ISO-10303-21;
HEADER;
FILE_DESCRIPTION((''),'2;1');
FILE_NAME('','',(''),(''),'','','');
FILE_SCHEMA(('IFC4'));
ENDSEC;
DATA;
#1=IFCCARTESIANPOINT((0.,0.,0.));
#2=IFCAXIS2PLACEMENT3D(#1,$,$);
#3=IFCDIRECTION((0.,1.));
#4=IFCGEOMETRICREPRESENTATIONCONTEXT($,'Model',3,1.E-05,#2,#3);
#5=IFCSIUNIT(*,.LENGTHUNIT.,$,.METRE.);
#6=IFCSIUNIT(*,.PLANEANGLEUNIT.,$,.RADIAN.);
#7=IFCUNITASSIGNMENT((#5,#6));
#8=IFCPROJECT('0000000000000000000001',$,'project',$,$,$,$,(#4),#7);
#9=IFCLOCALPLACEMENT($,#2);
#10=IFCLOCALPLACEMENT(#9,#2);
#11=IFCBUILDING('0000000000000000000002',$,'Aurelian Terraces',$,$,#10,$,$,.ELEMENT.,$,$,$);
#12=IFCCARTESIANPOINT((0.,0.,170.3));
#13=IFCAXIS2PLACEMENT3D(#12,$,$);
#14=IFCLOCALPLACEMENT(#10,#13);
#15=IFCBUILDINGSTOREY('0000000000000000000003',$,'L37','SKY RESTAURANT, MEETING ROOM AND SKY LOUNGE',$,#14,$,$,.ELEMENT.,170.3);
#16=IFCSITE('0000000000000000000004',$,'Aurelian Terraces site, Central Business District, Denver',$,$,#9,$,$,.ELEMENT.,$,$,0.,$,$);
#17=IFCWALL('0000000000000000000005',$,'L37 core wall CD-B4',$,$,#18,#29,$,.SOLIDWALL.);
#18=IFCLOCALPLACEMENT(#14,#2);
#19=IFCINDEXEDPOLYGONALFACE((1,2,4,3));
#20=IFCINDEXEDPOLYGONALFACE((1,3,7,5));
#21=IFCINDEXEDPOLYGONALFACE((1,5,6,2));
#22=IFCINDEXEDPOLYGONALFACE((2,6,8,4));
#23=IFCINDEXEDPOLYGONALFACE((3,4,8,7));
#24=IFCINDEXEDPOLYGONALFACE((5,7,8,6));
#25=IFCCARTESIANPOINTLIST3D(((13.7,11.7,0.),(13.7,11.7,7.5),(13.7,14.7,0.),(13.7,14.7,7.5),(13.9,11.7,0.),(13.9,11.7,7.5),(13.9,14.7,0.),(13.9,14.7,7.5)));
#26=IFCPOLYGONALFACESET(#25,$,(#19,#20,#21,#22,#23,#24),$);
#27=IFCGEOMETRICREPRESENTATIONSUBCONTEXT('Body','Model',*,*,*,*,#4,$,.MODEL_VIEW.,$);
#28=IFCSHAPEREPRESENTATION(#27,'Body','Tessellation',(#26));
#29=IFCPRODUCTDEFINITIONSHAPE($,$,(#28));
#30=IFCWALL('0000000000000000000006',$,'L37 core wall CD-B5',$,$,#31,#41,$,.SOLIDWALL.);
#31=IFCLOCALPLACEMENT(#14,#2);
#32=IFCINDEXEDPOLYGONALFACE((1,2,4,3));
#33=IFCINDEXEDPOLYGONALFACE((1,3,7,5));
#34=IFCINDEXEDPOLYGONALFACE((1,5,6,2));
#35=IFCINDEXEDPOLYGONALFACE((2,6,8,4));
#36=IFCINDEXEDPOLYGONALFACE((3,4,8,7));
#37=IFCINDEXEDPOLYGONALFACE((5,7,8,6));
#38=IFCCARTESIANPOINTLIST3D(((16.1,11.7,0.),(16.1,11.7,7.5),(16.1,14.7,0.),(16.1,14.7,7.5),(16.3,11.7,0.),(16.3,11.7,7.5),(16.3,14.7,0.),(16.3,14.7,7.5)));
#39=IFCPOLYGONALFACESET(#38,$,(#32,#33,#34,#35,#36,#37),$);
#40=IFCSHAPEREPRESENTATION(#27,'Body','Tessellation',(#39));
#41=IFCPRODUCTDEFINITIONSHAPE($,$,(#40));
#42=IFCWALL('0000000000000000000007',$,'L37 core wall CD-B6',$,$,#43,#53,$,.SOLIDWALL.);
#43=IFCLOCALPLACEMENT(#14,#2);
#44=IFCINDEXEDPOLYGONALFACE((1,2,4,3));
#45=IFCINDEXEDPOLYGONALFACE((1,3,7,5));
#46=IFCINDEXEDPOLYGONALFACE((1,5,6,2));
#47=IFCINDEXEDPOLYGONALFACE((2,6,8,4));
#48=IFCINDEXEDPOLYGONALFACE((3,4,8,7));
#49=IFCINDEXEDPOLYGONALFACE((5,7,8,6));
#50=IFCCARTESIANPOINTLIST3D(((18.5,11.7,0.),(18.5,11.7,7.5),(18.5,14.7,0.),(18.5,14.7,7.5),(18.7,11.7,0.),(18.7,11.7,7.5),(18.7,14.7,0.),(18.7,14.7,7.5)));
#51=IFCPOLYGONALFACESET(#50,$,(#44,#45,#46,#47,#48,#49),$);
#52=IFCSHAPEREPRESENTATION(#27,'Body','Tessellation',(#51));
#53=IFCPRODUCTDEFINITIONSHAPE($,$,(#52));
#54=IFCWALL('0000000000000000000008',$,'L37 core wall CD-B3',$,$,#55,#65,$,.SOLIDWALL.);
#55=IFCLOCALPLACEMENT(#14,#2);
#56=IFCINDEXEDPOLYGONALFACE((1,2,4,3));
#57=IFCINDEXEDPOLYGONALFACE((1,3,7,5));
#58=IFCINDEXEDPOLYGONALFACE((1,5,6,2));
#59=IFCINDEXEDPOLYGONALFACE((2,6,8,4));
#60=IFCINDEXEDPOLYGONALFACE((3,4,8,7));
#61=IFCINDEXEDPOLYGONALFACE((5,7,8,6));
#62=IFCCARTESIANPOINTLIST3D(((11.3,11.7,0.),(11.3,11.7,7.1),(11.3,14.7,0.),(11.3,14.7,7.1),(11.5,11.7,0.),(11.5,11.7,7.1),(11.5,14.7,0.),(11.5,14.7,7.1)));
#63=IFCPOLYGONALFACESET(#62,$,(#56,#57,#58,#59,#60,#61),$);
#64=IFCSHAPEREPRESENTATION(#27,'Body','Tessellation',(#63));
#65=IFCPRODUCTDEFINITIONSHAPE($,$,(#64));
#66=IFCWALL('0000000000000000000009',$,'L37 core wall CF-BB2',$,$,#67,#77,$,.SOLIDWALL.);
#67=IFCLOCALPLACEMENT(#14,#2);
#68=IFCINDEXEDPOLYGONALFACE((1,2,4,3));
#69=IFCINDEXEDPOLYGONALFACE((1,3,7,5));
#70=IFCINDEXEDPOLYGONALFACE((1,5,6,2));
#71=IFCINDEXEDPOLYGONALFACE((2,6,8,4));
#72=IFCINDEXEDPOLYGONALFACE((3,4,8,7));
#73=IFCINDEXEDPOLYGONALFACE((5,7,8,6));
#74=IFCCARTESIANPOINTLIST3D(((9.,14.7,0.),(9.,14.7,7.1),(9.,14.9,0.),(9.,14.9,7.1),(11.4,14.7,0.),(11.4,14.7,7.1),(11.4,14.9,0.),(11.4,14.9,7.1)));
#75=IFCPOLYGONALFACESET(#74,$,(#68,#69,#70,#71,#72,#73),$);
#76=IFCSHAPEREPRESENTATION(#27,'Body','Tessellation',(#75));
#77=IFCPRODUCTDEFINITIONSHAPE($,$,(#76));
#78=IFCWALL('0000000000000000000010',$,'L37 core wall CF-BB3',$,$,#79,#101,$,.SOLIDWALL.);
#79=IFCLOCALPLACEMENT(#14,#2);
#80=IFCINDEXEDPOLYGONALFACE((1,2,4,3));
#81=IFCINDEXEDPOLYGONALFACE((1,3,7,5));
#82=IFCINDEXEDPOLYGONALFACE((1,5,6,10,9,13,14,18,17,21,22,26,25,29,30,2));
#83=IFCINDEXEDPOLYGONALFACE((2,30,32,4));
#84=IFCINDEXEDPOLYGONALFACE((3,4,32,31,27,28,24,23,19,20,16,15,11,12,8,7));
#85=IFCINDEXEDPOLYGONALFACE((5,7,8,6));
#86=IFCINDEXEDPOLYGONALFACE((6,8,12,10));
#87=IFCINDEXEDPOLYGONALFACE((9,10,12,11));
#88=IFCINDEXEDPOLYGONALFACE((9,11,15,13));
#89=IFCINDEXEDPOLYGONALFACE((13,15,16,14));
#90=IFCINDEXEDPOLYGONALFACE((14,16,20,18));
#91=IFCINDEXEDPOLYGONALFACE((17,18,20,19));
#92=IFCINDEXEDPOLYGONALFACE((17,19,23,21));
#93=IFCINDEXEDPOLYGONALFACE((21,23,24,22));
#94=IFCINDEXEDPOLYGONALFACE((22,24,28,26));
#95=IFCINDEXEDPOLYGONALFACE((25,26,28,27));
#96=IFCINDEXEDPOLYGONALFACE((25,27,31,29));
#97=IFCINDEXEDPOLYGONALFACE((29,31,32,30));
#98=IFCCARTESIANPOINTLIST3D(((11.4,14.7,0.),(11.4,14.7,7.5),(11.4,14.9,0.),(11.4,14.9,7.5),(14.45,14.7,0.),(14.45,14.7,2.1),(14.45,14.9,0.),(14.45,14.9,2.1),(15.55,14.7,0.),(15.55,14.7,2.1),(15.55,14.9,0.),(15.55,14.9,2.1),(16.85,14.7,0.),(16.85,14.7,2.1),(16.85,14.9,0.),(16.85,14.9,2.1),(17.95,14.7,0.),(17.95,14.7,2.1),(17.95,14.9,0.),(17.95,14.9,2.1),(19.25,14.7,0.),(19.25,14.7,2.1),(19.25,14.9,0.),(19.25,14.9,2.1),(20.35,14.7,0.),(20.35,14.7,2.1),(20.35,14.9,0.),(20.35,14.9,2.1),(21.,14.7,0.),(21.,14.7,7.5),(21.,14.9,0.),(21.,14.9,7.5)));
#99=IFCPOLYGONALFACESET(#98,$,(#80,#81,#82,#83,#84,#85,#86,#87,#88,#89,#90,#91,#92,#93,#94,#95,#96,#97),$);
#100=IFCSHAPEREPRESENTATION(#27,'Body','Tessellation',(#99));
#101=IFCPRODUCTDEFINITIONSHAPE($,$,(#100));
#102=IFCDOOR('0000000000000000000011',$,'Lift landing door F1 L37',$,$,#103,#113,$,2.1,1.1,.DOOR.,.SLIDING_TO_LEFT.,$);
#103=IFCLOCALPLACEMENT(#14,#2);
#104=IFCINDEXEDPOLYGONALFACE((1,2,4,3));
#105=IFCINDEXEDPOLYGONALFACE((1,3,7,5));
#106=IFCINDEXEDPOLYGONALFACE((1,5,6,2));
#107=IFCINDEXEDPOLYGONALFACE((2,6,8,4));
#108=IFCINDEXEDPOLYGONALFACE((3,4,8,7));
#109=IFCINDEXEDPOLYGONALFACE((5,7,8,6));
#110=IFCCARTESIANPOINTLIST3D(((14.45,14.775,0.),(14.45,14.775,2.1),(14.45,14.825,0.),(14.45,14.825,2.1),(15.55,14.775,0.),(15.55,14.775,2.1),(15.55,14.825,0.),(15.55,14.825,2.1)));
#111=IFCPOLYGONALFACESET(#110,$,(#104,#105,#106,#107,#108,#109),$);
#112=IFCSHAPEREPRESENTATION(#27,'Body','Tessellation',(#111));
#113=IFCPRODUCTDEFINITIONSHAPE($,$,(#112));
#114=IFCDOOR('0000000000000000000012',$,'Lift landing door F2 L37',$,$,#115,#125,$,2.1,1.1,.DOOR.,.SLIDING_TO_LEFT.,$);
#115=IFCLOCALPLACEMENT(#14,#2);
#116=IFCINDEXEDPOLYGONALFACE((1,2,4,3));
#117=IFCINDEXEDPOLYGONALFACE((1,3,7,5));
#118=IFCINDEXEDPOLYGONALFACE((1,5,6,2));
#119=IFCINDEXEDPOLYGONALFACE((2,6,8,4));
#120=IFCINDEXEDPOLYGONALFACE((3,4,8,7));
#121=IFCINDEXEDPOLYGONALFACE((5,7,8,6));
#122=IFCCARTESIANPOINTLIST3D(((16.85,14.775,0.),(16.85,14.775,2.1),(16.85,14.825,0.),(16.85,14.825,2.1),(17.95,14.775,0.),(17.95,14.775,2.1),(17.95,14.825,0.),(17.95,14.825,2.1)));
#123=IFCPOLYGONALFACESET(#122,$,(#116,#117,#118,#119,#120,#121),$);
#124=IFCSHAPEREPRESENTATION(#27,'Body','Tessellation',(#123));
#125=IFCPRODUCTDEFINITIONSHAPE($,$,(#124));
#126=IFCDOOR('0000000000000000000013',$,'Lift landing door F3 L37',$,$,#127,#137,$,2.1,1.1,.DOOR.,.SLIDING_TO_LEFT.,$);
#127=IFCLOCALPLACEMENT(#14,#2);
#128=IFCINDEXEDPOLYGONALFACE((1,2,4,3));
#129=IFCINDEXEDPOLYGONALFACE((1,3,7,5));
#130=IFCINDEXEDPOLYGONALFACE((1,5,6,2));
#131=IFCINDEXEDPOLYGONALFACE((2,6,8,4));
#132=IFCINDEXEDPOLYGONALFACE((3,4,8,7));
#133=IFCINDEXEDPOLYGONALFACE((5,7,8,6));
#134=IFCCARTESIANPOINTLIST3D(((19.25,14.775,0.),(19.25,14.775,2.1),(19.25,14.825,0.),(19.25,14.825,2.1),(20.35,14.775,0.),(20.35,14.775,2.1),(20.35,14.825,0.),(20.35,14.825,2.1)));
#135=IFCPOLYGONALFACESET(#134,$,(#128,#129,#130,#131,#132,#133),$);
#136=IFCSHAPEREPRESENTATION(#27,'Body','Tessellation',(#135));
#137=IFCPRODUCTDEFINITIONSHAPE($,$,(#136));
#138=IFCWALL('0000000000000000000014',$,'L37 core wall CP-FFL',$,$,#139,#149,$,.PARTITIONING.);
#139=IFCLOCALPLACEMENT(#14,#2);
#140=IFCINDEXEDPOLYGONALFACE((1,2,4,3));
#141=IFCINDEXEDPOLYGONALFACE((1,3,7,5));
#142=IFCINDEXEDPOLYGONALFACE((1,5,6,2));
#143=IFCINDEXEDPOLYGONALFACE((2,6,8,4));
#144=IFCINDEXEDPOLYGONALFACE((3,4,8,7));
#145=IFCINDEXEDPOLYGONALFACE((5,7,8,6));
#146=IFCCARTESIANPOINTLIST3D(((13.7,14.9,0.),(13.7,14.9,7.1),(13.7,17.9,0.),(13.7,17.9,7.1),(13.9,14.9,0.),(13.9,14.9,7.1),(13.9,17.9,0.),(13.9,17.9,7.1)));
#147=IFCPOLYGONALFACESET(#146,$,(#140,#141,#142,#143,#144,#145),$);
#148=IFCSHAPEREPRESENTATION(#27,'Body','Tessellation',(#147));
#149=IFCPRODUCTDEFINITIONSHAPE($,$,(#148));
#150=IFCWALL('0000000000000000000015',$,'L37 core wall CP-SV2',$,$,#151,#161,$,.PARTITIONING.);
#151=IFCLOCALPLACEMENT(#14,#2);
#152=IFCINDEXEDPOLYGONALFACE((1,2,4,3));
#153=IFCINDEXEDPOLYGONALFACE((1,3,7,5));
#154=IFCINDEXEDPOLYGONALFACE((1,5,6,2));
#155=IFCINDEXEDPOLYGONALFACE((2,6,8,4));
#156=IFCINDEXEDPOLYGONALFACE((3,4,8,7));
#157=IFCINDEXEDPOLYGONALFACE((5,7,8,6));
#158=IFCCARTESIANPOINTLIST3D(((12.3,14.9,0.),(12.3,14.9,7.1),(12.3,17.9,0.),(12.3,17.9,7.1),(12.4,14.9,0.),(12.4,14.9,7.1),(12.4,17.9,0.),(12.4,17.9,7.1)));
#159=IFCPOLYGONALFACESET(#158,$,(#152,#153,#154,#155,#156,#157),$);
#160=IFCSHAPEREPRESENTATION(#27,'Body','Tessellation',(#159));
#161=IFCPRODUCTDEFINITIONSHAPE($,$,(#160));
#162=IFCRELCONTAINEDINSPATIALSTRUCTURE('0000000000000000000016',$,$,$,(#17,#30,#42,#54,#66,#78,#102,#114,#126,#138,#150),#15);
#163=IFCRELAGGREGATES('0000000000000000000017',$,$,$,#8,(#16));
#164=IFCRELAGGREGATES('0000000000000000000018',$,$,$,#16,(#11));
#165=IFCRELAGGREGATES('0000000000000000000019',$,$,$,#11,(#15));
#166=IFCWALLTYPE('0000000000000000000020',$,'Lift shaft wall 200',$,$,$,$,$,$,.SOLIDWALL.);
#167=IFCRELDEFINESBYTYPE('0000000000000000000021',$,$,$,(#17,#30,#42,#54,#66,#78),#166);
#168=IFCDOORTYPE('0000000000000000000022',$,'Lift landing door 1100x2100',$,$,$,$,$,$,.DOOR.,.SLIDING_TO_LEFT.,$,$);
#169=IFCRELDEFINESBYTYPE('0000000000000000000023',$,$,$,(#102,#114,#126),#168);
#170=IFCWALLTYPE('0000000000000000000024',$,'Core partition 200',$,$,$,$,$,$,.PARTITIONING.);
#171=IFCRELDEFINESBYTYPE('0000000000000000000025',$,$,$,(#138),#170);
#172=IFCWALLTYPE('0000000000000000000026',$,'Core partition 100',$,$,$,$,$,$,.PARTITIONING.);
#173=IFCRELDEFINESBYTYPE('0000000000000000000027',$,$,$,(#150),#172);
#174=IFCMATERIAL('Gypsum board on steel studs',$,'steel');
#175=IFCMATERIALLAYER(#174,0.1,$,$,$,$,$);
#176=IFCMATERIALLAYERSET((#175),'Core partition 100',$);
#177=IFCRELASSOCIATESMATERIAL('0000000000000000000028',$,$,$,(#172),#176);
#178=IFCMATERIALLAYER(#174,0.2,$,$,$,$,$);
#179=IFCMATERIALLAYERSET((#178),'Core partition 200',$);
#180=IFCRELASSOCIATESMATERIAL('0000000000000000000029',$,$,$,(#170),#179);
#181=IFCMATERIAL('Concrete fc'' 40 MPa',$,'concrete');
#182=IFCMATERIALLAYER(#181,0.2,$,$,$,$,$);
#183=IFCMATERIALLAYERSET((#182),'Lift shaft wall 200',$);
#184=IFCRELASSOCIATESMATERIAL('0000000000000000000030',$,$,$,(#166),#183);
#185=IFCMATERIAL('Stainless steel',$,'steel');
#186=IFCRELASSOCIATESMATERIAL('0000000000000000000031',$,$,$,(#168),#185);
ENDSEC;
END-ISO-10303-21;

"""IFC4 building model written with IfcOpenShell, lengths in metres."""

from ifc_helpers import new_model, si_unit, direction, frame, frame_2d, origin, place, context, subcontext, project, spatial, rectangle, extrude, source, transform, mapped, material, layer, layer_set, type_object, element, fill, save


model = new_model("IFC4")

# Units and contexts
model_context = context("Model", 3, precision=1e-05, world=origin(), true_north=direction((0.0, 1.0)))
body_context = subcontext(model_context, "Body", "Model", "MODEL_VIEW")
ifc_project = project(units=[si_unit("LENGTHUNIT", "METRE"), si_unit("PLANEANGLEUNIT", "RADIAN")], contexts=[model_context])

# Site, building, storey
site_placement = place(None, origin())
site = spatial("IfcSite", under=ifc_project, at=site_placement, Name="Aurelian Terraces site, Central Business District, Denver", CompositionType="ELEMENT", RefElevation=0.0)
building_placement = place(site_placement, origin())
building = spatial("IfcBuilding", under=site, at=building_placement, Name="Aurelian Terraces", CompositionType="ELEMENT")
storey_placement = place(building_placement, frame((0.0, 0.0, 170.3)))
storey = spatial("IfcBuildingStorey", under=building, at=storey_placement, Name="L37", Description="SKY RESTAURANT, MEETING ROOM AND SKY LOUNGE", CompositionType="ELEMENT", Elevation=170.3)

# Shared definitions
ifc_material_1 = material(Name="Gypsum board on steel studs", Category="steel")
ifc_layer_1 = layer(ifc_material_1, 0.1)
ifc_layer_set_1 = layer_set([ifc_layer_1], Name="Core partition 100")
wall_type_1 = type_object("IfcWallType", Name="Core partition 100", PredefinedType="PARTITIONING", material=ifc_layer_set_1)
ifc_layer_2 = layer(ifc_material_1, 0.2)
ifc_layer_set_2 = layer_set([ifc_layer_2], Name="Core partition 200")
wall_type_2 = type_object("IfcWallType", Name="Core partition 200", PredefinedType="PARTITIONING", material=ifc_layer_set_2)

# Shared definitions
shared_shape_1 = source(origin(), body_context, "Body", "SweptSolid", [
    extrude(rectangle(XDim=1.1, YDim=2.1, at=frame_2d((0.55, 1.05))), frame((0.0, 0.11, 0.0), z_axis=(0.0, -1.0, 0.0), x_axis=(1.0, 0.0, 0.0)), (0.0, 0.0, 1.0), 0.22),
])
shared_shape_2 = source(origin(), body_context, "Body", "SweptSolid", [
    extrude(rectangle(XDim=1.1, YDim=2.1, at=frame_2d((0.55, 1.05))), frame((0.0, 0.025, 0.0), z_axis=(0.0, -1.0, 0.0), x_axis=(1.0, 0.0, 0.0)), (0.0, 0.0, 1.0), 0.05),
])

# Shared definitions
ifc_material_2 = material(Name="Concrete fc' 40 MPa", Category="concrete")
ifc_layer_3 = layer(ifc_material_2, 0.2)
ifc_layer_set_3 = layer_set([ifc_layer_3], Name="Lift shaft wall 200")
wall_type_3 = type_object("IfcWallType", Name="Lift shaft wall 200", PredefinedType="SOLIDWALL", material=ifc_layer_set_3)

# Walls
shared_shape_3 = source(origin(), body_context, "Body", "SweptSolid", [
    extrude(rectangle(XDim=3.0, YDim=0.2, at=frame_2d((1.5, 0.0))), origin(), (0.0, 0.0, 1.0), 7.5),
])
for number, where, z_axis, x_axis, name in (
    (1, (13.8, 11.7, 0.0), (0.0, 0.0, 1.0), (0.0, 1.0, 0.0), "L37 core wall CD-B4"),
    (2, (16.2, 11.7, 0.0), (0.0, 0.0, 1.0), (0.0, 1.0, 0.0), "L37 core wall CD-B5"),
    (3, (18.6, 11.7, 0.0), (0.0, 0.0, 1.0), (0.0, 1.0, 0.0), "L37 core wall CD-B6"),
):
    element("IfcWall", number, at=place(storey_placement, frame(where, z_axis=z_axis, x_axis=x_axis)), inside=storey, type_object=wall_type_3, Name=name, PredefinedType="SOLIDWALL", context=body_context, shape_type="MappedRepresentation", body=[
        mapped(shared_shape_3, transform((0.0, 0.0, 0.0), scale=1.0)),
    ])
shared_shape_4 = source(origin(), body_context, "Body", "SweptSolid", [
    extrude(rectangle(XDim=3.0, YDim=0.2, at=frame_2d((1.5, 0.0))), origin(), (0.0, 0.0, 1.0), 7.1),
])
wall_1_placement = place(storey_placement, frame((11.4, 11.7, 0.0), z_axis=(0.0, 0.0, 1.0), x_axis=(0.0, 1.0, 0.0)))
element("IfcWall", 4, at=wall_1_placement, inside=storey, type_object=wall_type_3, Name="L37 core wall CD-B3", PredefinedType="SOLIDWALL", context=body_context, shape_type="MappedRepresentation", body=[
    mapped(shared_shape_4, transform((0.0, 0.0, 0.0), scale=1.0)),
])
shared_shape_5 = source(origin(), body_context, "Body", "SweptSolid", [
    extrude(rectangle(XDim=2.4, YDim=0.2, at=frame_2d((1.2, 0.0))), origin(), (0.0, 0.0, 1.0), 7.1),
])
wall_2_placement = place(storey_placement, frame((9.0, 14.8, 0.0), z_axis=(0.0, 0.0, 1.0), x_axis=(1.0, 0.0, 0.0)))
element("IfcWall", 5, at=wall_2_placement, inside=storey, type_object=wall_type_3, Name="L37 core wall CF-BB2", PredefinedType="SOLIDWALL", context=body_context, shape_type="MappedRepresentation", body=[
    mapped(shared_shape_5, transform((0.0, 0.0, 0.0), scale=1.0)),
])

# Wall, openings, doors
shared_shape_6 = source(origin(), body_context, "Body", "SweptSolid", [
    extrude(rectangle(XDim=9.6, YDim=0.2, at=frame_2d((4.8, 0.0))), origin(), (0.0, 0.0, 1.0), 7.5),
])
wall_3_placement = place(storey_placement, frame((11.4, 14.8, 0.0), z_axis=(0.0, 0.0, 1.0), x_axis=(1.0, 0.0, 0.0)))
wall_3 = element("IfcWall", 6, at=wall_3_placement, inside=storey, type_object=wall_type_3, Name="L37 core wall CF-BB3", PredefinedType="SOLIDWALL", context=body_context, shape_type="MappedRepresentation", body=[
    mapped(shared_shape_6, transform((0.0, 0.0, 0.0), scale=1.0)),
])
opening_1_placement = place(wall_3_placement, frame((3.05, 0.0, 0.0)))
opening_1 = element("IfcOpeningElement", 7, at=opening_1_placement, cuts=wall_3, PredefinedType="OPENING", context=body_context, shape_type="MappedRepresentation", body=[
    mapped(shared_shape_1, transform((0.0, 0.0, 0.0), scale=1.0)),
])
opening_2_placement = place(wall_3_placement, frame((5.45, 0.0, 0.0)))
opening_2 = element("IfcOpeningElement", 8, at=opening_2_placement, cuts=wall_3, PredefinedType="OPENING", context=body_context, shape_type="MappedRepresentation", body=[
    mapped(shared_shape_1, transform((0.0, 0.0, 0.0), scale=1.0)),
])
opening_3_placement = place(wall_3_placement, frame((7.85, 0.0, 0.0)))
opening_3 = element("IfcOpeningElement", 9, at=opening_3_placement, cuts=wall_3, PredefinedType="OPENING", context=body_context, shape_type="MappedRepresentation", body=[
    mapped(shared_shape_1, transform((0.0, 0.0, 0.0), scale=1.0)),
])
ifc_material_3 = material(Name="Stainless steel", Category="steel")
door_type_1 = type_object("IfcDoorType", Name="Lift landing door 1100x2100", OperationType="SLIDING_TO_LEFT", PredefinedType="DOOR", material=ifc_material_3)
door_1_placement = place(opening_1_placement, origin())
door_1 = element("IfcDoor", 10, at=door_1_placement, inside=storey, type_object=door_type_1, Name="Lift landing door F1 L37", OperationType="SLIDING_TO_LEFT", OverallHeight=2.1, OverallWidth=1.1, PredefinedType="DOOR", context=body_context, shape_type="MappedRepresentation", body=[
    mapped(shared_shape_2, transform((0.0, 0.0, 0.0), scale=1.0)),
])
fill(opening_1, door_1)
door_2_placement = place(opening_2_placement, origin())
door_2 = element("IfcDoor", 11, at=door_2_placement, inside=storey, type_object=door_type_1, Name="Lift landing door F2 L37", OperationType="SLIDING_TO_LEFT", OverallHeight=2.1, OverallWidth=1.1, PredefinedType="DOOR", context=body_context, shape_type="MappedRepresentation", body=[
    mapped(shared_shape_2, transform((0.0, 0.0, 0.0), scale=1.0)),
])
fill(opening_2, door_2)
door_3_placement = place(opening_3_placement, origin())
door_3 = element("IfcDoor", 12, at=door_3_placement, inside=storey, type_object=door_type_1, Name="Lift landing door F3 L37", OperationType="SLIDING_TO_LEFT", OverallHeight=2.1, OverallWidth=1.1, PredefinedType="DOOR", context=body_context, shape_type="MappedRepresentation", body=[
    mapped(shared_shape_2, transform((0.0, 0.0, 0.0), scale=1.0)),
])
fill(opening_3, door_3)

# Walls
shared_shape_7 = source(origin(), body_context, "Body", "SweptSolid", [
    extrude(rectangle(XDim=3.0, YDim=0.2, at=frame_2d((1.5, 0.0))), origin(), (0.0, 0.0, 1.0), 7.1),
])
wall_4_placement = place(storey_placement, frame((13.8, 14.9, 0.0), z_axis=(0.0, 0.0, 1.0), x_axis=(0.0, 1.0, 0.0)))
element("IfcWall", 13, at=wall_4_placement, inside=storey, type_object=wall_type_2, Name="L37 core wall CP-FFL", PredefinedType="PARTITIONING", context=body_context, shape_type="MappedRepresentation", body=[
    mapped(shared_shape_7, transform((0.0, 0.0, 0.0), scale=1.0)),
])
shared_shape_8 = source(origin(), body_context, "Body", "SweptSolid", [
    extrude(rectangle(XDim=3.0, YDim=0.1, at=frame_2d((1.5, 0.0))), origin(), (0.0, 0.0, 1.0), 7.1),
])
wall_5_placement = place(storey_placement, frame((12.35, 14.9, 0.0), z_axis=(0.0, 0.0, 1.0), x_axis=(0.0, 1.0, 0.0)))
element("IfcWall", 14, at=wall_5_placement, inside=storey, type_object=wall_type_1, Name="L37 core wall CP-SV2", PredefinedType="PARTITIONING", context=body_context, shape_type="MappedRepresentation", body=[
    mapped(shared_shape_8, transform((0.0, 0.0, 0.0), scale=1.0)),
])

save(model, "model.ifc")
